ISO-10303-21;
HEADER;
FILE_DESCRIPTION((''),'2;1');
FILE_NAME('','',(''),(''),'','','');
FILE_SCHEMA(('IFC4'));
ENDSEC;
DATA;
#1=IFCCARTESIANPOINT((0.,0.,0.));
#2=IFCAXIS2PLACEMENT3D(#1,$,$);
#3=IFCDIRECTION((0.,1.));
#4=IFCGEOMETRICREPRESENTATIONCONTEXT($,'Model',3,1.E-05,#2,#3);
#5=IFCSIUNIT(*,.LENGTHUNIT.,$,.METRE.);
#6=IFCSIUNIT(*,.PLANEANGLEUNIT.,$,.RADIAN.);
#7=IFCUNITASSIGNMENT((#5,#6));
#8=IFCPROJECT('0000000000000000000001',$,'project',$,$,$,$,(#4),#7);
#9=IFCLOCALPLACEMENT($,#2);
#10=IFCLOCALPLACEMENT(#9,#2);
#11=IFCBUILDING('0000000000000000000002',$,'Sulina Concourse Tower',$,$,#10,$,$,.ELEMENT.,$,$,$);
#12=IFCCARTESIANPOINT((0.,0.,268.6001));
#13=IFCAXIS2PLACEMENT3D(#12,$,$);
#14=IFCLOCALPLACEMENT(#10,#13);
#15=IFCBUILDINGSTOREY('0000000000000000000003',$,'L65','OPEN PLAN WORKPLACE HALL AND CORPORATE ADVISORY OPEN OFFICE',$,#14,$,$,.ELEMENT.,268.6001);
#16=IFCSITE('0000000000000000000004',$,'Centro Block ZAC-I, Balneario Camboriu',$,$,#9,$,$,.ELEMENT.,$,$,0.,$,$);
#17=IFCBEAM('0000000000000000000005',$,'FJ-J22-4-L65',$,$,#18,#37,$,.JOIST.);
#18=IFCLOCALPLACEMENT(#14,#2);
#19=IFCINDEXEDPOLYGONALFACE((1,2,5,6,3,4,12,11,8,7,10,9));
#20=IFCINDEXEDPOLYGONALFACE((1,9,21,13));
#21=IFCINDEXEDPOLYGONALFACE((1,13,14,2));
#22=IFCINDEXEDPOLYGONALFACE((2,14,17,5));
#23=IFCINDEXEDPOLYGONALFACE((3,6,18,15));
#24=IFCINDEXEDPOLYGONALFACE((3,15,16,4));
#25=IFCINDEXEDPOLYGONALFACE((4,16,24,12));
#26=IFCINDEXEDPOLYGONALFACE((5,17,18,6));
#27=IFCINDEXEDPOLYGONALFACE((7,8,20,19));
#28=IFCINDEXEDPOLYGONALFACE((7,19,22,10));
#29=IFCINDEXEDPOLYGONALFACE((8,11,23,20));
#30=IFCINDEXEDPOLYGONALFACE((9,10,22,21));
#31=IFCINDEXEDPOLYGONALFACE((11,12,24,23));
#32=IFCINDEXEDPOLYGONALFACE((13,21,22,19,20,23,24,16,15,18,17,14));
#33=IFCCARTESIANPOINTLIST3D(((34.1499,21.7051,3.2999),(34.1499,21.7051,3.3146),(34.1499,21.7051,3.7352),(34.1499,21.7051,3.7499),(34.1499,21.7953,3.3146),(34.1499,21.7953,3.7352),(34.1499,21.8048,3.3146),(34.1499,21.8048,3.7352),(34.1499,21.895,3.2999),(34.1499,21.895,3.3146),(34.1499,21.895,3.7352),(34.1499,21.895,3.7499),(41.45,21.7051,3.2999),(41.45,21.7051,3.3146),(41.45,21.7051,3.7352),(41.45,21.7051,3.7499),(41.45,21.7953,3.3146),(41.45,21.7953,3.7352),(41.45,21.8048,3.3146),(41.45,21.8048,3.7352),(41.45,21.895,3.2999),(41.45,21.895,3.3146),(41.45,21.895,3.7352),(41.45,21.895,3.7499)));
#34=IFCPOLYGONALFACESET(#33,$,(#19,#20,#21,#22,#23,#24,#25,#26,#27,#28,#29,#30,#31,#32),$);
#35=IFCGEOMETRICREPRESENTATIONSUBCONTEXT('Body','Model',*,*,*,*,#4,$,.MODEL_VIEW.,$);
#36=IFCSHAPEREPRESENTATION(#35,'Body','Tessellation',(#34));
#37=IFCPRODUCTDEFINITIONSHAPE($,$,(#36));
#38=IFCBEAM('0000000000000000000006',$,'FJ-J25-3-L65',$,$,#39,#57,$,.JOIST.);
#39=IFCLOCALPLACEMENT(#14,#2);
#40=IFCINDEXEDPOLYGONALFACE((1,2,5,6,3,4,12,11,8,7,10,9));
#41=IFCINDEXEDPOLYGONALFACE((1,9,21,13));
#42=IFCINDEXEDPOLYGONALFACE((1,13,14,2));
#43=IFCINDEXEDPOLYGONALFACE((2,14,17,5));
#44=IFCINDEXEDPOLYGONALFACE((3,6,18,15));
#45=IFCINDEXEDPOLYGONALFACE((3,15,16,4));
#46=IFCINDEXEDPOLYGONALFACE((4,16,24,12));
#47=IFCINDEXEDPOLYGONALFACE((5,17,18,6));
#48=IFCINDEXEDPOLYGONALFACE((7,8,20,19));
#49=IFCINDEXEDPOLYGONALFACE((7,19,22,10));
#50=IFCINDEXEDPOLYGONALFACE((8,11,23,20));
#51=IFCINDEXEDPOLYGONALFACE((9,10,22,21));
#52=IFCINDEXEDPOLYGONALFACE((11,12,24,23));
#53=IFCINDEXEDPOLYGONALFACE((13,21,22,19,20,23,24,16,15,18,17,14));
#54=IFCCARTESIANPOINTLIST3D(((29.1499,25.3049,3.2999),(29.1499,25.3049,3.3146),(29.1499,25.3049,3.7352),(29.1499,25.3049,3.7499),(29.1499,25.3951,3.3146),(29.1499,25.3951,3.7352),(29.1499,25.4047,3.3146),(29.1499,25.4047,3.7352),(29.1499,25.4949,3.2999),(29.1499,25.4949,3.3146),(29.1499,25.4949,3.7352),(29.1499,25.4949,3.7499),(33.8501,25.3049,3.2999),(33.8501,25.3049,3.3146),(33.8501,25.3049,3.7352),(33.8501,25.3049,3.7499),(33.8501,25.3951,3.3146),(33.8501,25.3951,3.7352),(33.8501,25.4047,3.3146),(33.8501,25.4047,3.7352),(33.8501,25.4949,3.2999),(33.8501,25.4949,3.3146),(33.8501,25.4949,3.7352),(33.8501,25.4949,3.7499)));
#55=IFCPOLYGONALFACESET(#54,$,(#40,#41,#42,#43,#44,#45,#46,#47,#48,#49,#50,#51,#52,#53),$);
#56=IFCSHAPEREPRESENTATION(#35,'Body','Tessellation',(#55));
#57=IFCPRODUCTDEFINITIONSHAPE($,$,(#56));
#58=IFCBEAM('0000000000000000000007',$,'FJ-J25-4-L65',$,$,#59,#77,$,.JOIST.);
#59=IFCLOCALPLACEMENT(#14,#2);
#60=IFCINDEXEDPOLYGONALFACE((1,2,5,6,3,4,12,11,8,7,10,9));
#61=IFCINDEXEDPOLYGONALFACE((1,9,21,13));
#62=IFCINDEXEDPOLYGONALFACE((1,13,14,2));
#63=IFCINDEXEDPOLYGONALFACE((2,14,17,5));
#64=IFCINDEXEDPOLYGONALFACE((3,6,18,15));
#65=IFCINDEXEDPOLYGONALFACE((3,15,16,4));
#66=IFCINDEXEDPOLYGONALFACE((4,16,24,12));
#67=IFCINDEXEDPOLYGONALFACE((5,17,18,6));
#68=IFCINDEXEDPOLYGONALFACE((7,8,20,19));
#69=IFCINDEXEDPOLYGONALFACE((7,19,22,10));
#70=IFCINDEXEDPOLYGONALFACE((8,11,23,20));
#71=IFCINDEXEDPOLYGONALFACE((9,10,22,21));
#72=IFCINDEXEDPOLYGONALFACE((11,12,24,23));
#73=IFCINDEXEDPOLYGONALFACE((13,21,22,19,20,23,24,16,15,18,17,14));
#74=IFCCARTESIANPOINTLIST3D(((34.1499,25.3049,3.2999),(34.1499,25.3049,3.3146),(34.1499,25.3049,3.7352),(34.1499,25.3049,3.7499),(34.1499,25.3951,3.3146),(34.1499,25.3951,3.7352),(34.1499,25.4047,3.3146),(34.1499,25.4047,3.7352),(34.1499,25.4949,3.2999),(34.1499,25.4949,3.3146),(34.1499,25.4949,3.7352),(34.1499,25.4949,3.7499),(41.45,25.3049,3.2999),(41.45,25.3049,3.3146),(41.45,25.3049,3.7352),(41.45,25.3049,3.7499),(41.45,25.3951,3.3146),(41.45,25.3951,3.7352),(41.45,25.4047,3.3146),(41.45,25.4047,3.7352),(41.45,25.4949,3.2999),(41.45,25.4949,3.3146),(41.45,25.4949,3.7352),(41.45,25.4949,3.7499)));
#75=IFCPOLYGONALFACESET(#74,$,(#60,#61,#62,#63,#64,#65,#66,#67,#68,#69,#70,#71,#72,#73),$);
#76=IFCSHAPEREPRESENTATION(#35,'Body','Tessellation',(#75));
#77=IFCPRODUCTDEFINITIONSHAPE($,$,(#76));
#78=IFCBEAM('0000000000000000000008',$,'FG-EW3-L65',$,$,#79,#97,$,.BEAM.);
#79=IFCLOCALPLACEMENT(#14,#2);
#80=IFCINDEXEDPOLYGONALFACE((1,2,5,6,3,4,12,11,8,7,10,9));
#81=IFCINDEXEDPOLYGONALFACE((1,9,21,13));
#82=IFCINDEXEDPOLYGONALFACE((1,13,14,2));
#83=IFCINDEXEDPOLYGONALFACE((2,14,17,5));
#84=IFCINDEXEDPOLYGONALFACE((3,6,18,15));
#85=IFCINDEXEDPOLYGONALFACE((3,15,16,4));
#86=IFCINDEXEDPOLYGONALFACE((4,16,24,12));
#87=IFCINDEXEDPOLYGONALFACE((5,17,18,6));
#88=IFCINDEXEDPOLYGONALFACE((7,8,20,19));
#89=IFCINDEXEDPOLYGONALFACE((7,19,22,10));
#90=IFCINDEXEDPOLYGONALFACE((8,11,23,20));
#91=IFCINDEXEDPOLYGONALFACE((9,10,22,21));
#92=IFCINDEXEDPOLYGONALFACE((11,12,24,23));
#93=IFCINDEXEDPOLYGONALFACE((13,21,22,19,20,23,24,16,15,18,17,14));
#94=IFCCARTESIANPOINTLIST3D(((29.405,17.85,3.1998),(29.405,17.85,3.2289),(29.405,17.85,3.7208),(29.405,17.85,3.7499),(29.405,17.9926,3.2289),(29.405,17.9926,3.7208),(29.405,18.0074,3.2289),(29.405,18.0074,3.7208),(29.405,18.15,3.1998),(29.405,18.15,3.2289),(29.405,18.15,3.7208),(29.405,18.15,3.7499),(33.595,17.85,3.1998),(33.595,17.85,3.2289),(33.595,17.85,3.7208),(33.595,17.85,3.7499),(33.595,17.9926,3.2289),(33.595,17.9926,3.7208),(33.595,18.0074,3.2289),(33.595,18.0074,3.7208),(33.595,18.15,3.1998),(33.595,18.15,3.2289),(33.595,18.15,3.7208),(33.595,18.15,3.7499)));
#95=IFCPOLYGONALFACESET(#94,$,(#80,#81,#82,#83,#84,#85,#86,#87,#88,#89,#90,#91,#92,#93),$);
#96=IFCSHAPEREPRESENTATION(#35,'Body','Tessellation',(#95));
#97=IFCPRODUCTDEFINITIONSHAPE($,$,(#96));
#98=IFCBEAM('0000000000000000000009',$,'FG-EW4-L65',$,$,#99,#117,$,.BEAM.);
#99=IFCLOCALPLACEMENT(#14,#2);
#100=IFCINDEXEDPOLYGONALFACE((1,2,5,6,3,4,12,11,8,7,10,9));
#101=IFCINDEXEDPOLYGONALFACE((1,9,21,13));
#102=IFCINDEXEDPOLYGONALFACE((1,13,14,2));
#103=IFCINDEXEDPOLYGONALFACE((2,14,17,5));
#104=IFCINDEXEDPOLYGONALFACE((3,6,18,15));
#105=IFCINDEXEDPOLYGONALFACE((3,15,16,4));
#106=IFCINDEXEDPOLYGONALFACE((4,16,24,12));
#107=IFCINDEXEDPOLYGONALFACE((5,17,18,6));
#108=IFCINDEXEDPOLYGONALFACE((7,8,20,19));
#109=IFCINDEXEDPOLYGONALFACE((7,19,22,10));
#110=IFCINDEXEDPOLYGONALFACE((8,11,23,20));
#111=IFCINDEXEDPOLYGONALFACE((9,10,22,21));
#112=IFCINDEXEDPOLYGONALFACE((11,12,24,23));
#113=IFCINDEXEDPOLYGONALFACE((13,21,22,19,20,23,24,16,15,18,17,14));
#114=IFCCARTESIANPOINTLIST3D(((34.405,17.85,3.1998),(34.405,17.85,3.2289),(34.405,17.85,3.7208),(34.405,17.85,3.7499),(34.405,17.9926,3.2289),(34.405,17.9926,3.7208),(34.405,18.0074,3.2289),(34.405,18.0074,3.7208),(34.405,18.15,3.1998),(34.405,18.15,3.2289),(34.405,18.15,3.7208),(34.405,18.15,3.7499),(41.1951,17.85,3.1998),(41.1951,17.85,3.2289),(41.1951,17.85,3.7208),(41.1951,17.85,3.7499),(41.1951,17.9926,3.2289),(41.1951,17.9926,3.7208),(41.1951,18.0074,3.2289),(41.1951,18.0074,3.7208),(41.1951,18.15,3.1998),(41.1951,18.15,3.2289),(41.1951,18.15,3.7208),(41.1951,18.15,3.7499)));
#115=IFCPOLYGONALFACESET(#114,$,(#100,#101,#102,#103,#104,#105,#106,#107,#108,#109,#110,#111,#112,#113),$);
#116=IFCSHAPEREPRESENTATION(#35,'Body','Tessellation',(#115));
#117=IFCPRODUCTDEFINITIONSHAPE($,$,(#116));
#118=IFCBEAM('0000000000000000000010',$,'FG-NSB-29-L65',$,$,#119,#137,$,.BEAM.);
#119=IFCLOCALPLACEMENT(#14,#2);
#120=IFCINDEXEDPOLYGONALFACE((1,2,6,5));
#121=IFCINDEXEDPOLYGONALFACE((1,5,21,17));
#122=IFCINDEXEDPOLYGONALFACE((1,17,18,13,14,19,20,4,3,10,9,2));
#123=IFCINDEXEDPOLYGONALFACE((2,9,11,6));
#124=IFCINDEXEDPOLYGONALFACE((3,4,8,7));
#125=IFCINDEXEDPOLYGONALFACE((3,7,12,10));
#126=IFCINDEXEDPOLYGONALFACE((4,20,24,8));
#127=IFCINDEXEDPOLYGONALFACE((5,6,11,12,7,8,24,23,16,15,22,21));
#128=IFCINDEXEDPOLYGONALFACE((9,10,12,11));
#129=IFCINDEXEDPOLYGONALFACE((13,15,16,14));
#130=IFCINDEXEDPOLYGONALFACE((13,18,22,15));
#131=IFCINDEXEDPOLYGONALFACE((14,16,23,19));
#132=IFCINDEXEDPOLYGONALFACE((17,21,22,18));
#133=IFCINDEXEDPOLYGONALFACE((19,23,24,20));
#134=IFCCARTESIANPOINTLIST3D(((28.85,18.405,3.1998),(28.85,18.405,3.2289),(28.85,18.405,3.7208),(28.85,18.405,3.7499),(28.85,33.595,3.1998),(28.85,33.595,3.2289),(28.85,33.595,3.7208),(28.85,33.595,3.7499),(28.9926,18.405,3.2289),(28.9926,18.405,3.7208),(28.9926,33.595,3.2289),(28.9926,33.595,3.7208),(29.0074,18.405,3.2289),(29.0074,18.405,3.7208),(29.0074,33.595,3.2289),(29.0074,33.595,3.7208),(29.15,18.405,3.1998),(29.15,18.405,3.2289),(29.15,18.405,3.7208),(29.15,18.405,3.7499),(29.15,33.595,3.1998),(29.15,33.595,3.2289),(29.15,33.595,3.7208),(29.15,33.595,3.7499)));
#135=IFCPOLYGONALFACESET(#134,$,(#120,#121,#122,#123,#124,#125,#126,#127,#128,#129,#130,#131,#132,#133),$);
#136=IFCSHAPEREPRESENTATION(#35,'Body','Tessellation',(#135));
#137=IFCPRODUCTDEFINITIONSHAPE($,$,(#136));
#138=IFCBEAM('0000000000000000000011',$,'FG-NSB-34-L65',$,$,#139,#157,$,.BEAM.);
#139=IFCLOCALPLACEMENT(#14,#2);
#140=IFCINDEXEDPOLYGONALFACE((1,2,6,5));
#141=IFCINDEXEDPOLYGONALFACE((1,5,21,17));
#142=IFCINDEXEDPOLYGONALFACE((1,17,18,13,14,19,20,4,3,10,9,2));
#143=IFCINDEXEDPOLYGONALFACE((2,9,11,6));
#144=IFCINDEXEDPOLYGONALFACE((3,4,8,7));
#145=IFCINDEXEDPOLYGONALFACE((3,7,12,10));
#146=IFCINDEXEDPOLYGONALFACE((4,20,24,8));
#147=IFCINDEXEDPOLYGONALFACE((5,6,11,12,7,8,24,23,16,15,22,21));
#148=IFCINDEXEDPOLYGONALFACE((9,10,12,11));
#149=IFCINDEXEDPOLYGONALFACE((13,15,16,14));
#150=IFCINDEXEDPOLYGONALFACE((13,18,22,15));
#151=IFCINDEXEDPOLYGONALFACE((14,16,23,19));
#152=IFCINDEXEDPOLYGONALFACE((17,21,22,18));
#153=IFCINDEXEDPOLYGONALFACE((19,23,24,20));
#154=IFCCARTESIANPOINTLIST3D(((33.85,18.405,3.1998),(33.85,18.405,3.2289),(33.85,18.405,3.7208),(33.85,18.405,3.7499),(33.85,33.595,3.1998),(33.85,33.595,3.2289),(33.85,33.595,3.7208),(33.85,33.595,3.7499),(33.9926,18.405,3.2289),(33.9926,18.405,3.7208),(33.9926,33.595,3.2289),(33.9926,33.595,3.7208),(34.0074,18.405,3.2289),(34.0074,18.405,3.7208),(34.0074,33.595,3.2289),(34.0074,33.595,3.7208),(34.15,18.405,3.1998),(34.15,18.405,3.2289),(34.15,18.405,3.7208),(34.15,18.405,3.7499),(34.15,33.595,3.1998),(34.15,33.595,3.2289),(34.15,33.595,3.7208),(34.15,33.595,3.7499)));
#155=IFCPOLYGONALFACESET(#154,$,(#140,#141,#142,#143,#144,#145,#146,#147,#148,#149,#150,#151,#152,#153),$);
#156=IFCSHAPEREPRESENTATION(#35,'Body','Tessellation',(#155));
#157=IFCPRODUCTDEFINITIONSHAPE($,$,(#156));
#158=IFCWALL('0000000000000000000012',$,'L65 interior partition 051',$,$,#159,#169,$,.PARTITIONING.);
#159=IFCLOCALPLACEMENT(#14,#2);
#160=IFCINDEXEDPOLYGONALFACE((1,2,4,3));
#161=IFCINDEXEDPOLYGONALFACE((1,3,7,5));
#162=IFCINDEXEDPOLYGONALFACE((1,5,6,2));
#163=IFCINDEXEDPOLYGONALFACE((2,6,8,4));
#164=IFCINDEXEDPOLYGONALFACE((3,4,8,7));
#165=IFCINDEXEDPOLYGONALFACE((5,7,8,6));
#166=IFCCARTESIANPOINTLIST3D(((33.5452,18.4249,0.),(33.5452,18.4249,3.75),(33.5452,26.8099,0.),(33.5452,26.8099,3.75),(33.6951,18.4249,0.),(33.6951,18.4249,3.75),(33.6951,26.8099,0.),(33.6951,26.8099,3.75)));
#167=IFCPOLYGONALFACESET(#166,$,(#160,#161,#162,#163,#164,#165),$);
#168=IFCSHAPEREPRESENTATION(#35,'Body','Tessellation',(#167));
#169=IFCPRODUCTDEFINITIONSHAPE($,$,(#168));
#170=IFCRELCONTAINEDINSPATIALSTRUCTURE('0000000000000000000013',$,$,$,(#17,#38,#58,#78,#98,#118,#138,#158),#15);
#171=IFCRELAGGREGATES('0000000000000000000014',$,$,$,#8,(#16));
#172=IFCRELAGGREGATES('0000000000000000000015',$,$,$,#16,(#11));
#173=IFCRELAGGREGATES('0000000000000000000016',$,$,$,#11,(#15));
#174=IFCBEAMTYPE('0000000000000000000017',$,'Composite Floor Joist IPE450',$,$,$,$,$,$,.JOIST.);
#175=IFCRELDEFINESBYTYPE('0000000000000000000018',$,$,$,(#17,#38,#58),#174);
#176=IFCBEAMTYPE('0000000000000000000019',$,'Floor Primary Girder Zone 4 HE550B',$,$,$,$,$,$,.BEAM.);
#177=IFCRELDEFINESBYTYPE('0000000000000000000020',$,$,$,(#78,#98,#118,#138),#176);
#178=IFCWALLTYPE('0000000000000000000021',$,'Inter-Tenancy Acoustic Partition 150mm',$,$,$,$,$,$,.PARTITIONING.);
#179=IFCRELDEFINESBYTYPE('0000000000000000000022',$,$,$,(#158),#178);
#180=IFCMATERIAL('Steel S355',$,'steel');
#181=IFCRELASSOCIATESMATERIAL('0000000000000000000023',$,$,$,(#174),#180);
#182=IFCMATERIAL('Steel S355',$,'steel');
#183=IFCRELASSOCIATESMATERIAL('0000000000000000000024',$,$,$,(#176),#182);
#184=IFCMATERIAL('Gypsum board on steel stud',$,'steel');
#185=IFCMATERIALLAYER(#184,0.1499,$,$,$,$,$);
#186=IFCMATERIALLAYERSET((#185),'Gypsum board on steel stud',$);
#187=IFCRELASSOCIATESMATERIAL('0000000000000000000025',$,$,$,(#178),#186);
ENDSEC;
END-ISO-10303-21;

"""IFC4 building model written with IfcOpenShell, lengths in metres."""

from ifc_helpers import new_model, si_unit, direction, frame, frame_2d, origin, origin_2d, place, context, subcontext, project, spatial, rectangle, i_section, extrude, material, layer, layer_set, material_profile, profile_set, type_object, element, save


model = new_model("IFC4")

# Units and contexts
model_context = context("Model", 3, precision=1e-05, world=origin(), true_north=direction((0.0, 1.0)))
body_context = subcontext(model_context, "Body", "Model", "MODEL_VIEW")
ifc_project = project(units=[si_unit("LENGTHUNIT", "METRE"), si_unit("PLANEANGLEUNIT", "RADIAN")], contexts=[model_context])

# Site, building, storey
site_placement = place(None, origin())
site = spatial("IfcSite", under=ifc_project, at=site_placement, Name="Centro Block ZAC-I, Balneario Camboriu", CompositionType="ELEMENT", RefElevation=0.0)
building_placement = place(site_placement, origin())
building = spatial("IfcBuilding", under=site, at=building_placement, Name="Sulina Concourse Tower", CompositionType="ELEMENT")
storey_placement = place(building_placement, frame((0.0, 0.0, 268.6001)))
storey = spatial("IfcBuildingStorey", under=building, at=storey_placement, Name="L65", Description="OPEN PLAN WORKPLACE HALL AND CORPORATE ADVISORY OPEN OFFICE", CompositionType="ELEMENT", Elevation=268.6001)

# Beams
ifc_material_1 = material(Name="Steel S355", Category="steel")
ifc_material_profile_1 = material_profile(ifc_material_1, i_section(OverallWidth=0.1899, OverallDepth=0.45, WebThickness=0.0095, FlangeThickness=0.0146, at=origin_2d()), Name="IPE 450")
ifc_profile_set_1 = profile_set([ifc_material_profile_1], Name="Steel S355")
beam_type_1 = type_object("IfcBeamType", Name="Composite Floor Joist IPE450", PredefinedType="JOIST", material=ifc_profile_set_1)
beam_1_placement = place(storey_placement, frame((34.1499, 21.8, 3.5249), z_axis=(1.0, 0.0, 0.0), x_axis=(0.0, 1.0, 0.0)))
element("IfcBeam", 1, at=beam_1_placement, inside=storey, type_object=beam_type_1, Name="FJ-J22-4-L65", PredefinedType="JOIST", context=body_context, shape_type="SweptSolid", body=[
    extrude(i_section(OverallWidth=0.1899, OverallDepth=0.45, WebThickness=0.0095, FlangeThickness=0.0146, at=origin_2d()), origin(), (0.0, 0.0, 1.0), 7.3),
])
beam_2_placement = place(storey_placement, frame((29.1499, 25.3999, 3.5249), z_axis=(1.0, 0.0, 0.0), x_axis=(0.0, 1.0, 0.0)))
element("IfcBeam", 2, at=beam_2_placement, inside=storey, type_object=beam_type_1, Name="FJ-J25-3-L65", PredefinedType="JOIST", context=body_context, shape_type="SweptSolid", body=[
    extrude(i_section(OverallWidth=0.1899, OverallDepth=0.45, WebThickness=0.0095, FlangeThickness=0.0146, at=origin_2d()), origin(), (0.0, 0.0, 1.0), 4.7002),
])
beam_3_placement = place(storey_placement, frame((34.1499, 25.3999, 3.5249), z_axis=(1.0, 0.0, 0.0), x_axis=(0.0, 1.0, 0.0)))
element("IfcBeam", 3, at=beam_3_placement, inside=storey, type_object=beam_type_1, Name="FJ-J25-4-L65", PredefinedType="JOIST", context=body_context, shape_type="SweptSolid", body=[
    extrude(i_section(OverallWidth=0.1899, OverallDepth=0.45, WebThickness=0.0095, FlangeThickness=0.0146, at=origin_2d()), origin(), (0.0, 0.0, 1.0), 7.3),
])
ifc_material_2 = material(Name="Steel S355", Category="steel")
ifc_material_profile_2 = material_profile(ifc_material_2, i_section(OverallWidth=0.3, OverallDepth=0.55, WebThickness=0.0149, FlangeThickness=0.0291, at=origin_2d()), Name="HE 550 B")
ifc_profile_set_2 = profile_set([ifc_material_profile_2], Name="Steel S355")
beam_type_2 = type_object("IfcBeamType", Name="Floor Primary Girder Zone 4 HE550B", PredefinedType="BEAM", material=ifc_profile_set_2)
beam_4_placement = place(storey_placement, frame((29.405, 18.0, 3.4749), z_axis=(1.0, 0.0, 0.0), x_axis=(0.0, 1.0, 0.0)))
element("IfcBeam", 4, at=beam_4_placement, inside=storey, type_object=beam_type_2, Name="FG-EW3-L65", PredefinedType="BEAM", context=body_context, shape_type="SweptSolid", body=[
    extrude(i_section(OverallWidth=0.3, OverallDepth=0.55, WebThickness=0.0149, FlangeThickness=0.0291, at=origin_2d()), origin(), (0.0, 0.0, 1.0), 4.1899),
])
beam_5_placement = place(storey_placement, frame((34.405, 18.0, 3.4749), z_axis=(1.0, 0.0, 0.0), x_axis=(0.0, 1.0, 0.0)))
element("IfcBeam", 5, at=beam_5_placement, inside=storey, type_object=beam_type_2, Name="FG-EW4-L65", PredefinedType="BEAM", context=body_context, shape_type="SweptSolid", body=[
    extrude(i_section(OverallWidth=0.3, OverallDepth=0.55, WebThickness=0.0149, FlangeThickness=0.0291, at=origin_2d()), origin(), (0.0, 0.0, 1.0), 6.79),
])
for number, where, z_axis, x_axis, name in (
    (6, (29.0, 18.405, 3.4749), (0.0, 1.0, 0.0), (-1.0, 0.0, 0.0), "FG-NSB-29-L65"),
    (7, (34.0, 18.405, 3.4749), (0.0, 1.0, 0.0), (-1.0, 0.0, 0.0), "FG-NSB-34-L65"),
):
    element("IfcBeam", number, at=place(storey_placement, frame(where, z_axis=z_axis, x_axis=x_axis)), inside=storey, type_object=beam_type_2, Name=name, PredefinedType="BEAM", context=body_context, shape_type="SweptSolid", body=[
        extrude(i_section(OverallWidth=0.3, OverallDepth=0.55, WebThickness=0.0149, FlangeThickness=0.0291, at=origin_2d()), origin(), (0.0, 0.0, 1.0), 15.1899),
    ])

# Wall
ifc_material_3 = material(Name="Gypsum board on steel stud", Category="steel")
ifc_layer_1 = layer(ifc_material_3, 0.1499)
ifc_layer_set_1 = layer_set([ifc_layer_1], Name="Gypsum board on steel stud")
wall_type_1 = type_object("IfcWallType", Name="Inter-Tenancy Acoustic Partition 150mm", PredefinedType="PARTITIONING", material=ifc_layer_set_1)
wall_1_placement = place(storey_placement, frame((33.6201, 18.425, 0.0), z_axis=(0.0, 0.0, 1.0), x_axis=(0.0, 1.0, 0.0)))
element("IfcWall", 8, at=wall_1_placement, inside=storey, type_object=wall_type_1, Name="L65 interior partition 051", PredefinedType="PARTITIONING", context=body_context, shape_type="SweptSolid", body=[
    extrude(rectangle(XDim=8.385, YDim=0.1499, at=frame_2d((4.1924, 0.0))), origin(), (0.0, 0.0, 1.0), 3.75),
])

save(model, "model.ifc")
